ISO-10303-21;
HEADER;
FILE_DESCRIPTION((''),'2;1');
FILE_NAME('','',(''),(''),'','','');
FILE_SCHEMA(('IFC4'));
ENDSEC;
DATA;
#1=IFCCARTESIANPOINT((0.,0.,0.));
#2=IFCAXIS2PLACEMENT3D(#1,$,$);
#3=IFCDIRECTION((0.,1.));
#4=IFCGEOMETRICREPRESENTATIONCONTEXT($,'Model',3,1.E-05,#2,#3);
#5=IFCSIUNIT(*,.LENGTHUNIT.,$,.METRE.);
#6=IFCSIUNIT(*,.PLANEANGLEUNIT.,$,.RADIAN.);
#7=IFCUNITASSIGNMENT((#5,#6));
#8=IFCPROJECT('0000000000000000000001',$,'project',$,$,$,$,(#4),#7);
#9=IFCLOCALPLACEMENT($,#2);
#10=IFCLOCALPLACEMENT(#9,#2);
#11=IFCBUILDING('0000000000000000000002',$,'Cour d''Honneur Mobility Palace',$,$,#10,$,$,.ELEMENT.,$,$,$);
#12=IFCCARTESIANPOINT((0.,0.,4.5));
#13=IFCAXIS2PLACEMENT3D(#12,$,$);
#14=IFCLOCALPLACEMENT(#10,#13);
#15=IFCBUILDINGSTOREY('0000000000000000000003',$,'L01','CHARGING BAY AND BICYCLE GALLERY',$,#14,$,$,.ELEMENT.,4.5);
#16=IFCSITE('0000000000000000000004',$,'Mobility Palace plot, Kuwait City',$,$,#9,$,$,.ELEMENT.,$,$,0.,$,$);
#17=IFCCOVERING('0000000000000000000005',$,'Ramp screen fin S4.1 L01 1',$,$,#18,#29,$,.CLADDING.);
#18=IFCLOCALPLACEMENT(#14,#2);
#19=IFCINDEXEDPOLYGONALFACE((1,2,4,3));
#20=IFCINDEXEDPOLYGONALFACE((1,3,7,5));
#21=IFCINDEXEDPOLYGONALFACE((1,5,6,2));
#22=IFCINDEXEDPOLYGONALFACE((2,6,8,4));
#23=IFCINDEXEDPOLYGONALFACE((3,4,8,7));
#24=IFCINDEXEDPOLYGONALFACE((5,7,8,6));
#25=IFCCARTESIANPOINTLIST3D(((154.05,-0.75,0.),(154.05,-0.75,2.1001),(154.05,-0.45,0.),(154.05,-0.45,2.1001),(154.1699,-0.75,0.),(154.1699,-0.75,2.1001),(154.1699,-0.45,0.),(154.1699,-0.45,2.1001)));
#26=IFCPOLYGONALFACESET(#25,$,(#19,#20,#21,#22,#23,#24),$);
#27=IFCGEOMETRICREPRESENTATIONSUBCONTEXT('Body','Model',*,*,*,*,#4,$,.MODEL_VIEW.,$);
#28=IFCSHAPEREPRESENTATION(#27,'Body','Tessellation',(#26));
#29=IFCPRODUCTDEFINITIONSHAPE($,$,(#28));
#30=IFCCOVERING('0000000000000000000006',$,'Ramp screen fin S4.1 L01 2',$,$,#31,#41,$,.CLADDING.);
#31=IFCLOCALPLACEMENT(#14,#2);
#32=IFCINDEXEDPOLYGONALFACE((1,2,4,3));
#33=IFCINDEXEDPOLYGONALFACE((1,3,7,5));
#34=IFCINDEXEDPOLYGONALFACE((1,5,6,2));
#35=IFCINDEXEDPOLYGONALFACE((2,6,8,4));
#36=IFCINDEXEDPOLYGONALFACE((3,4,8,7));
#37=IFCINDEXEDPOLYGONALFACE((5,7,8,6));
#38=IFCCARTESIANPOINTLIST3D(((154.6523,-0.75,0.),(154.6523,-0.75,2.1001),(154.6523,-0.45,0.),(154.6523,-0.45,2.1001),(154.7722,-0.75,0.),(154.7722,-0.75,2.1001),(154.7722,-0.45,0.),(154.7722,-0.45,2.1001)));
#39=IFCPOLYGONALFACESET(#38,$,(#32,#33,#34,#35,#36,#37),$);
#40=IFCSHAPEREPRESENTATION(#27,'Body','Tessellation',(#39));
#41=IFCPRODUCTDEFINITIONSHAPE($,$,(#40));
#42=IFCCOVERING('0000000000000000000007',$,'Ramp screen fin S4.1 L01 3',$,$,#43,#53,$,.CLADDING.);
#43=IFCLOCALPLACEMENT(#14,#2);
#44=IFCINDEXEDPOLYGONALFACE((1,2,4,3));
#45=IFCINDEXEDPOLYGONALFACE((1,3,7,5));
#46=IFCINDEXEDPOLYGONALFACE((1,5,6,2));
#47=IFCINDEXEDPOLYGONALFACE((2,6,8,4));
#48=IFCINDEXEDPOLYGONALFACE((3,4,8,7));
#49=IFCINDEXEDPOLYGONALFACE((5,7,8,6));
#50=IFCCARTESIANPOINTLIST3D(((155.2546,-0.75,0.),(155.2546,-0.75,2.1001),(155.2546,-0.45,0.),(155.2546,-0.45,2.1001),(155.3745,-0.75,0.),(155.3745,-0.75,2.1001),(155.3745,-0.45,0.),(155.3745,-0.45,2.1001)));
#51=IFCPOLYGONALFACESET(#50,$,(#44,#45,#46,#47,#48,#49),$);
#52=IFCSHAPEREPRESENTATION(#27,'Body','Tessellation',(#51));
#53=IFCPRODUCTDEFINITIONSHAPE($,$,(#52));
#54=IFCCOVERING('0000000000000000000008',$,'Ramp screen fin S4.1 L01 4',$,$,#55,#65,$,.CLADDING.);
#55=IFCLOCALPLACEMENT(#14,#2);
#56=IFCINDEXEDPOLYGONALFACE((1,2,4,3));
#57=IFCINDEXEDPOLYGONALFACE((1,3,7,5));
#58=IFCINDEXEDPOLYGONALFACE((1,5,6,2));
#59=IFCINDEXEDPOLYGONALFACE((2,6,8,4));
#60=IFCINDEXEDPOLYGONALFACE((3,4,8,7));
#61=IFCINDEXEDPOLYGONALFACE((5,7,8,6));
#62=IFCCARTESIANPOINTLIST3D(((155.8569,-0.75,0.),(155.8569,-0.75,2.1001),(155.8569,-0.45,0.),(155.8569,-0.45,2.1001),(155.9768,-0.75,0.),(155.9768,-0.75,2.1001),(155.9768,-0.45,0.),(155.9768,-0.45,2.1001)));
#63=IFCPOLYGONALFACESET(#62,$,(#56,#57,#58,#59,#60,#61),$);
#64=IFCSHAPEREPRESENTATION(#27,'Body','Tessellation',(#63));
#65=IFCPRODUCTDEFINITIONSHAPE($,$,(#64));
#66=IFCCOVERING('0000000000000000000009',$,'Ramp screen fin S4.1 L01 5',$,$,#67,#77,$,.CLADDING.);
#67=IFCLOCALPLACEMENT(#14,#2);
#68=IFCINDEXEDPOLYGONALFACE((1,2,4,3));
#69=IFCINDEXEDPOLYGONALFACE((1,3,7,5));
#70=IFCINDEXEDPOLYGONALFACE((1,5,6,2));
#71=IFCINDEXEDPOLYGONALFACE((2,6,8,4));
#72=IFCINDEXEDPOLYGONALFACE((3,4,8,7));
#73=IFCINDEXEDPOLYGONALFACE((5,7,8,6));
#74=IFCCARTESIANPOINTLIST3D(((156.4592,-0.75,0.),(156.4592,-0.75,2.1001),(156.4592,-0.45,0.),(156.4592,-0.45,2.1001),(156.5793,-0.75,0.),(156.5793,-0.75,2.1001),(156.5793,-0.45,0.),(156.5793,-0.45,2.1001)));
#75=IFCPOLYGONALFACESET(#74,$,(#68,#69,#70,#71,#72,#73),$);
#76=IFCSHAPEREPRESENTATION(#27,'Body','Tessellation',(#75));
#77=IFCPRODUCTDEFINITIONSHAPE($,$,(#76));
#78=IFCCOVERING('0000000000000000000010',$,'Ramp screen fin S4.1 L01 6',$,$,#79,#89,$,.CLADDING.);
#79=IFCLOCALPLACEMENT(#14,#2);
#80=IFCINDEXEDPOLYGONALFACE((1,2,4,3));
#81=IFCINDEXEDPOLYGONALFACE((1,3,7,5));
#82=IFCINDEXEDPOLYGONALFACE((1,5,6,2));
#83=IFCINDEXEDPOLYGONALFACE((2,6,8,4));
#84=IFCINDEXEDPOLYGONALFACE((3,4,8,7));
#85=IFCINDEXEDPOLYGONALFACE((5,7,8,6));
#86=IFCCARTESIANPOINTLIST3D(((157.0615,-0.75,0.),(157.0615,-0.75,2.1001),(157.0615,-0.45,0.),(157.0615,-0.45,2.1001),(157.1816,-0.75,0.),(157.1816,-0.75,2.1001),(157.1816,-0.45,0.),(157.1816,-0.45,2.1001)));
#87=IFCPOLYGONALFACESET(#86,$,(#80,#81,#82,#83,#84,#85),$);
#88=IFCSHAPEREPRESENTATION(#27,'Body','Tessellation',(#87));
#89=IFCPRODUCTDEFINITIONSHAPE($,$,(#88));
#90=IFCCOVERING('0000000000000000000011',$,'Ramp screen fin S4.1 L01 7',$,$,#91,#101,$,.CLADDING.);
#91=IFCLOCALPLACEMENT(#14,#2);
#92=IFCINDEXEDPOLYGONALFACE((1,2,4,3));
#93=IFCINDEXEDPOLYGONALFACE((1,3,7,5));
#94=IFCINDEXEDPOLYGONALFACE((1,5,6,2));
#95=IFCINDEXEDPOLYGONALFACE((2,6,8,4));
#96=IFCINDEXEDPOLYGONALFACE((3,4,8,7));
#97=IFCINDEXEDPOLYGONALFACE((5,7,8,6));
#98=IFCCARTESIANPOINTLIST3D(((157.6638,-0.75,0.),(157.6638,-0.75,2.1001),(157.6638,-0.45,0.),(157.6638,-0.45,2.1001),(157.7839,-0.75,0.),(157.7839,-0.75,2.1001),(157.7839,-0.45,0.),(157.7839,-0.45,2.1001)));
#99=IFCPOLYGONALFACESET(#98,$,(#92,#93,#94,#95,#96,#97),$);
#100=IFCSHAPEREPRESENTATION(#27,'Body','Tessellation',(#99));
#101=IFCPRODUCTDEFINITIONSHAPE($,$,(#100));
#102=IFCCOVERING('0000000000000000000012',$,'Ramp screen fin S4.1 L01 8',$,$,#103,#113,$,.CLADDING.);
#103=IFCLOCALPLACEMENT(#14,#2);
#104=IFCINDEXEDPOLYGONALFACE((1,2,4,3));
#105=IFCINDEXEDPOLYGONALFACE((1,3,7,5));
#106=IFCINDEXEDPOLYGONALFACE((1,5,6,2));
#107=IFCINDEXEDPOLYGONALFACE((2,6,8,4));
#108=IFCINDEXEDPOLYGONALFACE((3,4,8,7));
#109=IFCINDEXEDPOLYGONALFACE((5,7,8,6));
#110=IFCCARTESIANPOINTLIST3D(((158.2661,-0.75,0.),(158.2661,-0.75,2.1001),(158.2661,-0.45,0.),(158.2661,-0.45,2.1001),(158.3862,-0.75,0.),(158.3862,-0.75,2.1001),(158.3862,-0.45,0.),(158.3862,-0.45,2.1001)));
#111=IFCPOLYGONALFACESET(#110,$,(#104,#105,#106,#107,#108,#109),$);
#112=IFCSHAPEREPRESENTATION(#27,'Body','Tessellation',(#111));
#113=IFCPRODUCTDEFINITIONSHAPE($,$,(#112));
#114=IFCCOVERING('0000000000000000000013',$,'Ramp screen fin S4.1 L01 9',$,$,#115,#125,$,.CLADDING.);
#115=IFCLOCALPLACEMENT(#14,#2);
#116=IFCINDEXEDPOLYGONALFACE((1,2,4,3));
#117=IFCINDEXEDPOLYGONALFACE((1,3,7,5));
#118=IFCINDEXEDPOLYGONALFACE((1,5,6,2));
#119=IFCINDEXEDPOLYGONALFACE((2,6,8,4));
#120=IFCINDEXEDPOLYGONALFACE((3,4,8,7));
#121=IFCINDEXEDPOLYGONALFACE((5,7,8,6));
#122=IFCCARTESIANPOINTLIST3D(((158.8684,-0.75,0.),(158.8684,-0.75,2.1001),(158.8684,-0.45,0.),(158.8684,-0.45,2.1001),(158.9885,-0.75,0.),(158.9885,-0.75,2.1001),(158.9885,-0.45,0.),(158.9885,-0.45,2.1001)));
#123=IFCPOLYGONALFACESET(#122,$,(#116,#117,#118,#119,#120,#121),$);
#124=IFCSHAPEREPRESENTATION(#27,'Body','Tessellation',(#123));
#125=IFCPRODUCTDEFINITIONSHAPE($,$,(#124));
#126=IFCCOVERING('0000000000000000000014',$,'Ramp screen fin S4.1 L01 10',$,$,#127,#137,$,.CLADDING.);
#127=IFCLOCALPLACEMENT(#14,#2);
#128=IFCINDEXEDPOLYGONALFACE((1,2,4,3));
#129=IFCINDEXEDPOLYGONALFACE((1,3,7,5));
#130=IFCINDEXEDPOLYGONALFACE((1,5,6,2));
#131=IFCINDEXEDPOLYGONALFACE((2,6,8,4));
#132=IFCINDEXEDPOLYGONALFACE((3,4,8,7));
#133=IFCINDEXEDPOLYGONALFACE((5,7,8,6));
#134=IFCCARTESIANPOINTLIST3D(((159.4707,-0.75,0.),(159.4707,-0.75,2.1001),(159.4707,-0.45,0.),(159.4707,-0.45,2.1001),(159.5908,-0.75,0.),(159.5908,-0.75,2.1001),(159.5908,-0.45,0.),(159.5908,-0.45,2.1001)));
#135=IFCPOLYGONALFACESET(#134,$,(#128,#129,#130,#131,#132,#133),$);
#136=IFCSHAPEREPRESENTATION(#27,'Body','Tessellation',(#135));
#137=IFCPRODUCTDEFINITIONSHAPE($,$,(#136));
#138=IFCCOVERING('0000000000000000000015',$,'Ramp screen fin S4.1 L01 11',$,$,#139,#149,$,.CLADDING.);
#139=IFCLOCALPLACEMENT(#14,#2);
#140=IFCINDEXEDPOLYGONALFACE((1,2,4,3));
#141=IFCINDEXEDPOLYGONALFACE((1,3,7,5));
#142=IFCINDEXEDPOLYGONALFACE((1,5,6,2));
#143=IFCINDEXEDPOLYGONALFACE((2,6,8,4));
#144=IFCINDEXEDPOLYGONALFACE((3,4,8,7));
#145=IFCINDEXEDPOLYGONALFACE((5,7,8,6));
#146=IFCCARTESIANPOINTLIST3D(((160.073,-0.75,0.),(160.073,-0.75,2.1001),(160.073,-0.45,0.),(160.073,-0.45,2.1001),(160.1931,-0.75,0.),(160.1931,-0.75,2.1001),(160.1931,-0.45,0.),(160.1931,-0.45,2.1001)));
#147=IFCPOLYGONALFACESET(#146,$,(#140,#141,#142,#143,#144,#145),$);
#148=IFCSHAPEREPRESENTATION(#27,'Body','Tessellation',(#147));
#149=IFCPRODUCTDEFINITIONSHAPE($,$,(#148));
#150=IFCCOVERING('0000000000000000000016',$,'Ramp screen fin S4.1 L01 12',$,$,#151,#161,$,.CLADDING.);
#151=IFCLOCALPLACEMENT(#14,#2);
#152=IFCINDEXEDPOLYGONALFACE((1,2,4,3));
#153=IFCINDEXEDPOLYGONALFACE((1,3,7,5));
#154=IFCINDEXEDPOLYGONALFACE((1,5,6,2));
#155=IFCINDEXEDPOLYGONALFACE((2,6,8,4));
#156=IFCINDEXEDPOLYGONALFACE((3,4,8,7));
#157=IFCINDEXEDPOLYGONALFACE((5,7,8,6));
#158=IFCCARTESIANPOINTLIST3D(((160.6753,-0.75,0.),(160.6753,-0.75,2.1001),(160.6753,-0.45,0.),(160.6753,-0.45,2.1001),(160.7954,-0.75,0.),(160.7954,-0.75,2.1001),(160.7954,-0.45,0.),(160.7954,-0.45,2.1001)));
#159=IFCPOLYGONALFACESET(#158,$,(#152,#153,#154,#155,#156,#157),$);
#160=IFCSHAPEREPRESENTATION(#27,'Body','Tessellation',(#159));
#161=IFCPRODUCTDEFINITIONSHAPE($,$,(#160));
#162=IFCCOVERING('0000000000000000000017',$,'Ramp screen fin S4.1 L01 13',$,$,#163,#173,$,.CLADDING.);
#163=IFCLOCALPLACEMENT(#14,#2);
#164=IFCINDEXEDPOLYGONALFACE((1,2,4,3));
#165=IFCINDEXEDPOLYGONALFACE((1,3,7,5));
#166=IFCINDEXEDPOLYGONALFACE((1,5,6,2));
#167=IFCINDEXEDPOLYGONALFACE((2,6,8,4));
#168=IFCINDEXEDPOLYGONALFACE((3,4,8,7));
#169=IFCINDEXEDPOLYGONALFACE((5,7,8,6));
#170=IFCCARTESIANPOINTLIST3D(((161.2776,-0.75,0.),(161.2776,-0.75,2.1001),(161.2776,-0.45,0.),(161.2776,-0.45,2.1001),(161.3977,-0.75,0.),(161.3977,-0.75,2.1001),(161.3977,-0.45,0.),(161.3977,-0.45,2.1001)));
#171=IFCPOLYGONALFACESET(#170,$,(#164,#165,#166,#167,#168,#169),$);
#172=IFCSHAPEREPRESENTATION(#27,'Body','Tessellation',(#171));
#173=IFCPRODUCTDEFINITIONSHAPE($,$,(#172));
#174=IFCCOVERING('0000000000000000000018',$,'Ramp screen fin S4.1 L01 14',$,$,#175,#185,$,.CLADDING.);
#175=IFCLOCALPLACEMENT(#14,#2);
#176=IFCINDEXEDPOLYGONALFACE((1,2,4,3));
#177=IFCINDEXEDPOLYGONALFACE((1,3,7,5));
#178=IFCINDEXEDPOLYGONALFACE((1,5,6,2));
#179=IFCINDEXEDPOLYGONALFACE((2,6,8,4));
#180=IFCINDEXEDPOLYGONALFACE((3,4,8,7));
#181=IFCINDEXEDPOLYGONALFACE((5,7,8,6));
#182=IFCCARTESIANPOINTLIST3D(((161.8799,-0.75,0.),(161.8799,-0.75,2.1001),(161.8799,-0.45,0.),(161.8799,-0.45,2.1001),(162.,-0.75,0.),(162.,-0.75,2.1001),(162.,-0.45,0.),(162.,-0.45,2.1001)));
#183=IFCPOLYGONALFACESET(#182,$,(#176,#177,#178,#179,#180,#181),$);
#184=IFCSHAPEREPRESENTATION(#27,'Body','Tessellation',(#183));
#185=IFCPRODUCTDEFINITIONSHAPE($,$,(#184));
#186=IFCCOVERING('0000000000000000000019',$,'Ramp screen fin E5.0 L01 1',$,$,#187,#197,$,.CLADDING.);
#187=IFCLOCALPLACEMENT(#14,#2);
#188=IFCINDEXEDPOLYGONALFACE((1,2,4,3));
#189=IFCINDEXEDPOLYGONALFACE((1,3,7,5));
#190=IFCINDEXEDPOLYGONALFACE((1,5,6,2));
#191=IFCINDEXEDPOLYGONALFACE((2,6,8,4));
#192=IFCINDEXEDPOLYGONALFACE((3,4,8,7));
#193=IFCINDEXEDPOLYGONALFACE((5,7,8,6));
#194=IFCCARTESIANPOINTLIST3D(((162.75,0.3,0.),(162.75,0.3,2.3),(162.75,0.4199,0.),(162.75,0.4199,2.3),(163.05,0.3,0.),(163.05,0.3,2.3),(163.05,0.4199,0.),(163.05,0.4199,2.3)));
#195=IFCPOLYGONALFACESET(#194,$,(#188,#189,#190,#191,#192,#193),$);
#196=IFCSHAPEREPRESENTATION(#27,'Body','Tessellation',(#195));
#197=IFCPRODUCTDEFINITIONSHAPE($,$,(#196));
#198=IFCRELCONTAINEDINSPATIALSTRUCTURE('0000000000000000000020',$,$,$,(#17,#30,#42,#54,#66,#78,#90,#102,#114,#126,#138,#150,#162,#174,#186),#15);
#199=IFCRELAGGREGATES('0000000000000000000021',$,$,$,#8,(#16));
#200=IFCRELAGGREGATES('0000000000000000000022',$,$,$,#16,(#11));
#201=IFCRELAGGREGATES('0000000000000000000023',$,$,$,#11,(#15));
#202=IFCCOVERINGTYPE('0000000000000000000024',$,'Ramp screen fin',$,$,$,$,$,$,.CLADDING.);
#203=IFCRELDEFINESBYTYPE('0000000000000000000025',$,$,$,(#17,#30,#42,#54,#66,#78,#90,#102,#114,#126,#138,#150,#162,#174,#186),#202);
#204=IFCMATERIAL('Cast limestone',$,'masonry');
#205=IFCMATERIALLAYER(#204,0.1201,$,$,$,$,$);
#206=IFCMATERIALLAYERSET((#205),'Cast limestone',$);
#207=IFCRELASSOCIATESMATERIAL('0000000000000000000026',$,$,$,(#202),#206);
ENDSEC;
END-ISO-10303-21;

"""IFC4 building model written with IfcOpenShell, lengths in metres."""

from ifc_helpers import new_model, si_unit, direction, frame, origin, place, context, subcontext, project, spatial, polyline, outline, extrude, material, layer, layer_set, type_object, element, save


model = new_model("IFC4")

# Units and contexts
model_context = context("Model", 3, precision=1e-05, world=origin(), true_north=direction((0.0, 1.0)))
body_context = subcontext(model_context, "Body", "Model", "MODEL_VIEW")
ifc_project = project(units=[si_unit("LENGTHUNIT", "METRE"), si_unit("PLANEANGLEUNIT", "RADIAN")], contexts=[model_context])

# Site, building, storey
site_placement = place(None, origin())
site = spatial("IfcSite", under=ifc_project, at=site_placement, Name="Mobility Palace plot, Kuwait City", CompositionType="ELEMENT", RefElevation=0.0)
building_placement = place(site_placement, origin())
building = spatial("IfcBuilding", under=site, at=building_placement, Name="Cour d'Honneur Mobility Palace", CompositionType="ELEMENT")
storey_placement = place(building_placement, frame((0.0, 0.0, 4.5)))
storey = spatial("IfcBuildingStorey", under=building, at=storey_placement, Name="L01", Description="CHARGING BAY AND BICYCLE GALLERY", CompositionType="ELEMENT", Elevation=4.5)

# Coverings
ifc_material = material(Name="Cast limestone", Category="masonry")
ifc_layer = layer(ifc_material, 0.1201)
ifc_layer_set = layer_set([ifc_layer], Name="Cast limestone")
covering_type = type_object("IfcCoveringType", Name="Ramp screen fin", PredefinedType="CLADDING", material=ifc_layer_set)
covering_1_placement = place(storey_placement, origin())
element("IfcCovering", 1, at=covering_1_placement, inside=storey, type_object=covering_type, Name="Ramp screen fin S4.1 L01 1", PredefinedType="CLADDING", context=body_context, shape_type="SweptSolid", body=[
    extrude(outline(polyline([(154.05, -0.45), (154.1699, -0.45), (154.1699, -0.75), (154.05, -0.75), (154.05, -0.45)])), origin(), (0.0, 0.0, 1.0), 2.1001),
])
covering_2_placement = place(storey_placement, origin())
element("IfcCovering", 2, at=covering_2_placement, inside=storey, type_object=covering_type, Name="Ramp screen fin S4.1 L01 2", PredefinedType="CLADDING", context=body_context, shape_type="SweptSolid", body=[
    extrude(outline(polyline([(154.6523, -0.45), (154.7722, -0.45), (154.7722, -0.75), (154.6523, -0.75), (154.6523, -0.45)])), origin(), (0.0, 0.0, 1.0), 2.1001),
])
covering_3_placement = place(storey_placement, origin())
element("IfcCovering", 3, at=covering_3_placement, inside=storey, type_object=covering_type, Name="Ramp screen fin S4.1 L01 3", PredefinedType="CLADDING", context=body_context, shape_type="SweptSolid", body=[
    extrude(outline(polyline([(155.2546, -0.45), (155.3745, -0.45), (155.3745, -0.75), (155.2546, -0.75), (155.2546, -0.45)])), origin(), (0.0, 0.0, 1.0), 2.1001),
])
covering_4_placement = place(storey_placement, origin())
element("IfcCovering", 4, at=covering_4_placement, inside=storey, type_object=covering_type, Name="Ramp screen fin S4.1 L01 4", PredefinedType="CLADDING", context=body_context, shape_type="SweptSolid", body=[
    extrude(outline(polyline([(155.8569, -0.45), (155.9768, -0.45), (155.9768, -0.75), (155.8569, -0.75), (155.8569, -0.45)])), origin(), (0.0, 0.0, 1.0), 2.1001),
])
covering_5_placement = place(storey_placement, origin())
element("IfcCovering", 5, at=covering_5_placement, inside=storey, type_object=covering_type, Name="Ramp screen fin S4.1 L01 5", PredefinedType="CLADDING", context=body_context, shape_type="SweptSolid", body=[
    extrude(outline(polyline([(156.4592, -0.45), (156.5793, -0.45), (156.5793, -0.75), (156.4592, -0.75), (156.4592, -0.45)])), origin(), (0.0, 0.0, 1.0), 2.1001),
])
covering_6_placement = place(storey_placement, origin())
element("IfcCovering", 6, at=covering_6_placement, inside=storey, type_object=covering_type, Name="Ramp screen fin S4.1 L01 6", PredefinedType="CLADDING", context=body_context, shape_type="SweptSolid", body=[
    extrude(outline(polyline([(157.0615, -0.45), (157.1816, -0.45), (157.1816, -0.75), (157.0615, -0.75), (157.0615, -0.45)])), origin(), (0.0, 0.0, 1.0), 2.1001),
])
covering_7_placement = place(storey_placement, origin())
element("IfcCovering", 7, at=covering_7_placement, inside=storey, type_object=covering_type, Name="Ramp screen fin S4.1 L01 7", PredefinedType="CLADDING", context=body_context, shape_type="SweptSolid", body=[
    extrude(outline(polyline([(157.6638, -0.45), (157.7839, -0.45), (157.7839, -0.75), (157.6638, -0.75), (157.6638, -0.45)])), origin(), (0.0, 0.0, 1.0), 2.1001),
])
covering_8_placement = place(storey_placement, origin())
element("IfcCovering", 8, at=covering_8_placement, inside=storey, type_object=covering_type, Name="Ramp screen fin S4.1 L01 8", PredefinedType="CLADDING", context=body_context, shape_type="SweptSolid", body=[
    extrude(outline(polyline([(158.2661, -0.45), (158.3862, -0.45), (158.3862, -0.75), (158.2661, -0.75), (158.2661, -0.45)])), origin(), (0.0, 0.0, 1.0), 2.1001),
])
covering_9_placement = place(storey_placement, origin())
element("IfcCovering", 9, at=covering_9_placement, inside=storey, type_object=covering_type, Name="Ramp screen fin S4.1 L01 9", PredefinedType="CLADDING", context=body_context, shape_type="SweptSolid", body=[
    extrude(outline(polyline([(158.8684, -0.45), (158.9885, -0.45), (158.9885, -0.75), (158.8684, -0.75), (158.8684, -0.45)])), origin(), (0.0, 0.0, 1.0), 2.1001),
])
covering_10_placement = place(storey_placement, origin())
element("IfcCovering", 10, at=covering_10_placement, inside=storey, type_object=covering_type, Name="Ramp screen fin S4.1 L01 10", PredefinedType="CLADDING", context=body_context, shape_type="SweptSolid", body=[
    extrude(outline(polyline([(159.4707, -0.45), (159.5908, -0.45), (159.5908, -0.75), (159.4707, -0.75), (159.4707, -0.45)])), origin(), (0.0, 0.0, 1.0), 2.1001),
])
covering_11_placement = place(storey_placement, origin())
element("IfcCovering", 11, at=covering_11_placement, inside=storey, type_object=covering_type, Name="Ramp screen fin S4.1 L01 11", PredefinedType="CLADDING", context=body_context, shape_type="SweptSolid", body=[
    extrude(outline(polyline([(160.073, -0.45), (160.1931, -0.45), (160.1931, -0.75), (160.073, -0.75), (160.073, -0.45)])), origin(), (0.0, 0.0, 1.0), 2.1001),
])
covering_12_placement = place(storey_placement, origin())
element("IfcCovering", 12, at=covering_12_placement, inside=storey, type_object=covering_type, Name="Ramp screen fin S4.1 L01 12", PredefinedType="CLADDING", context=body_context, shape_type="SweptSolid", body=[
    extrude(outline(polyline([(160.6753, -0.45), (160.7954, -0.45), (160.7954, -0.75), (160.6753, -0.75), (160.6753, -0.45)])), origin(), (0.0, 0.0, 1.0), 2.1001),
])
covering_13_placement = place(storey_placement, origin())
element("IfcCovering", 13, at=covering_13_placement, inside=storey, type_object=covering_type, Name="Ramp screen fin S4.1 L01 13", PredefinedType="CLADDING", context=body_context, shape_type="SweptSolid", body=[
    extrude(outline(polyline([(161.2776, -0.45), (161.3977, -0.45), (161.3977, -0.75), (161.2776, -0.75), (161.2776, -0.45)])), origin(), (0.0, 0.0, 1.0), 2.1001),
])
covering_14_placement = place(storey_placement, origin())
element("IfcCovering", 14, at=covering_14_placement, inside=storey, type_object=covering_type, Name="Ramp screen fin S4.1 L01 14", PredefinedType="CLADDING", context=body_context, shape_type="SweptSolid", body=[
    extrude(outline(polyline([(161.8799, -0.45), (162.0, -0.45), (162.0, -0.75), (161.8799, -0.75), (161.8799, -0.45)])), origin(), (0.0, 0.0, 1.0), 2.1001),
])
covering_15_placement = place(storey_placement, origin())
element("IfcCovering", 15, at=covering_15_placement, inside=storey, type_object=covering_type, Name="Ramp screen fin E5.0 L01 1", PredefinedType="CLADDING", context=body_context, shape_type="SweptSolid", body=[
    extrude(outline(polyline([(162.75, 0.3), (162.75, 0.4199), (163.05, 0.4199), (163.05, 0.3), (162.75, 0.3)])), origin(), (0.0, 0.0, 1.0), 2.3),
])

save(model, "model.ifc")
